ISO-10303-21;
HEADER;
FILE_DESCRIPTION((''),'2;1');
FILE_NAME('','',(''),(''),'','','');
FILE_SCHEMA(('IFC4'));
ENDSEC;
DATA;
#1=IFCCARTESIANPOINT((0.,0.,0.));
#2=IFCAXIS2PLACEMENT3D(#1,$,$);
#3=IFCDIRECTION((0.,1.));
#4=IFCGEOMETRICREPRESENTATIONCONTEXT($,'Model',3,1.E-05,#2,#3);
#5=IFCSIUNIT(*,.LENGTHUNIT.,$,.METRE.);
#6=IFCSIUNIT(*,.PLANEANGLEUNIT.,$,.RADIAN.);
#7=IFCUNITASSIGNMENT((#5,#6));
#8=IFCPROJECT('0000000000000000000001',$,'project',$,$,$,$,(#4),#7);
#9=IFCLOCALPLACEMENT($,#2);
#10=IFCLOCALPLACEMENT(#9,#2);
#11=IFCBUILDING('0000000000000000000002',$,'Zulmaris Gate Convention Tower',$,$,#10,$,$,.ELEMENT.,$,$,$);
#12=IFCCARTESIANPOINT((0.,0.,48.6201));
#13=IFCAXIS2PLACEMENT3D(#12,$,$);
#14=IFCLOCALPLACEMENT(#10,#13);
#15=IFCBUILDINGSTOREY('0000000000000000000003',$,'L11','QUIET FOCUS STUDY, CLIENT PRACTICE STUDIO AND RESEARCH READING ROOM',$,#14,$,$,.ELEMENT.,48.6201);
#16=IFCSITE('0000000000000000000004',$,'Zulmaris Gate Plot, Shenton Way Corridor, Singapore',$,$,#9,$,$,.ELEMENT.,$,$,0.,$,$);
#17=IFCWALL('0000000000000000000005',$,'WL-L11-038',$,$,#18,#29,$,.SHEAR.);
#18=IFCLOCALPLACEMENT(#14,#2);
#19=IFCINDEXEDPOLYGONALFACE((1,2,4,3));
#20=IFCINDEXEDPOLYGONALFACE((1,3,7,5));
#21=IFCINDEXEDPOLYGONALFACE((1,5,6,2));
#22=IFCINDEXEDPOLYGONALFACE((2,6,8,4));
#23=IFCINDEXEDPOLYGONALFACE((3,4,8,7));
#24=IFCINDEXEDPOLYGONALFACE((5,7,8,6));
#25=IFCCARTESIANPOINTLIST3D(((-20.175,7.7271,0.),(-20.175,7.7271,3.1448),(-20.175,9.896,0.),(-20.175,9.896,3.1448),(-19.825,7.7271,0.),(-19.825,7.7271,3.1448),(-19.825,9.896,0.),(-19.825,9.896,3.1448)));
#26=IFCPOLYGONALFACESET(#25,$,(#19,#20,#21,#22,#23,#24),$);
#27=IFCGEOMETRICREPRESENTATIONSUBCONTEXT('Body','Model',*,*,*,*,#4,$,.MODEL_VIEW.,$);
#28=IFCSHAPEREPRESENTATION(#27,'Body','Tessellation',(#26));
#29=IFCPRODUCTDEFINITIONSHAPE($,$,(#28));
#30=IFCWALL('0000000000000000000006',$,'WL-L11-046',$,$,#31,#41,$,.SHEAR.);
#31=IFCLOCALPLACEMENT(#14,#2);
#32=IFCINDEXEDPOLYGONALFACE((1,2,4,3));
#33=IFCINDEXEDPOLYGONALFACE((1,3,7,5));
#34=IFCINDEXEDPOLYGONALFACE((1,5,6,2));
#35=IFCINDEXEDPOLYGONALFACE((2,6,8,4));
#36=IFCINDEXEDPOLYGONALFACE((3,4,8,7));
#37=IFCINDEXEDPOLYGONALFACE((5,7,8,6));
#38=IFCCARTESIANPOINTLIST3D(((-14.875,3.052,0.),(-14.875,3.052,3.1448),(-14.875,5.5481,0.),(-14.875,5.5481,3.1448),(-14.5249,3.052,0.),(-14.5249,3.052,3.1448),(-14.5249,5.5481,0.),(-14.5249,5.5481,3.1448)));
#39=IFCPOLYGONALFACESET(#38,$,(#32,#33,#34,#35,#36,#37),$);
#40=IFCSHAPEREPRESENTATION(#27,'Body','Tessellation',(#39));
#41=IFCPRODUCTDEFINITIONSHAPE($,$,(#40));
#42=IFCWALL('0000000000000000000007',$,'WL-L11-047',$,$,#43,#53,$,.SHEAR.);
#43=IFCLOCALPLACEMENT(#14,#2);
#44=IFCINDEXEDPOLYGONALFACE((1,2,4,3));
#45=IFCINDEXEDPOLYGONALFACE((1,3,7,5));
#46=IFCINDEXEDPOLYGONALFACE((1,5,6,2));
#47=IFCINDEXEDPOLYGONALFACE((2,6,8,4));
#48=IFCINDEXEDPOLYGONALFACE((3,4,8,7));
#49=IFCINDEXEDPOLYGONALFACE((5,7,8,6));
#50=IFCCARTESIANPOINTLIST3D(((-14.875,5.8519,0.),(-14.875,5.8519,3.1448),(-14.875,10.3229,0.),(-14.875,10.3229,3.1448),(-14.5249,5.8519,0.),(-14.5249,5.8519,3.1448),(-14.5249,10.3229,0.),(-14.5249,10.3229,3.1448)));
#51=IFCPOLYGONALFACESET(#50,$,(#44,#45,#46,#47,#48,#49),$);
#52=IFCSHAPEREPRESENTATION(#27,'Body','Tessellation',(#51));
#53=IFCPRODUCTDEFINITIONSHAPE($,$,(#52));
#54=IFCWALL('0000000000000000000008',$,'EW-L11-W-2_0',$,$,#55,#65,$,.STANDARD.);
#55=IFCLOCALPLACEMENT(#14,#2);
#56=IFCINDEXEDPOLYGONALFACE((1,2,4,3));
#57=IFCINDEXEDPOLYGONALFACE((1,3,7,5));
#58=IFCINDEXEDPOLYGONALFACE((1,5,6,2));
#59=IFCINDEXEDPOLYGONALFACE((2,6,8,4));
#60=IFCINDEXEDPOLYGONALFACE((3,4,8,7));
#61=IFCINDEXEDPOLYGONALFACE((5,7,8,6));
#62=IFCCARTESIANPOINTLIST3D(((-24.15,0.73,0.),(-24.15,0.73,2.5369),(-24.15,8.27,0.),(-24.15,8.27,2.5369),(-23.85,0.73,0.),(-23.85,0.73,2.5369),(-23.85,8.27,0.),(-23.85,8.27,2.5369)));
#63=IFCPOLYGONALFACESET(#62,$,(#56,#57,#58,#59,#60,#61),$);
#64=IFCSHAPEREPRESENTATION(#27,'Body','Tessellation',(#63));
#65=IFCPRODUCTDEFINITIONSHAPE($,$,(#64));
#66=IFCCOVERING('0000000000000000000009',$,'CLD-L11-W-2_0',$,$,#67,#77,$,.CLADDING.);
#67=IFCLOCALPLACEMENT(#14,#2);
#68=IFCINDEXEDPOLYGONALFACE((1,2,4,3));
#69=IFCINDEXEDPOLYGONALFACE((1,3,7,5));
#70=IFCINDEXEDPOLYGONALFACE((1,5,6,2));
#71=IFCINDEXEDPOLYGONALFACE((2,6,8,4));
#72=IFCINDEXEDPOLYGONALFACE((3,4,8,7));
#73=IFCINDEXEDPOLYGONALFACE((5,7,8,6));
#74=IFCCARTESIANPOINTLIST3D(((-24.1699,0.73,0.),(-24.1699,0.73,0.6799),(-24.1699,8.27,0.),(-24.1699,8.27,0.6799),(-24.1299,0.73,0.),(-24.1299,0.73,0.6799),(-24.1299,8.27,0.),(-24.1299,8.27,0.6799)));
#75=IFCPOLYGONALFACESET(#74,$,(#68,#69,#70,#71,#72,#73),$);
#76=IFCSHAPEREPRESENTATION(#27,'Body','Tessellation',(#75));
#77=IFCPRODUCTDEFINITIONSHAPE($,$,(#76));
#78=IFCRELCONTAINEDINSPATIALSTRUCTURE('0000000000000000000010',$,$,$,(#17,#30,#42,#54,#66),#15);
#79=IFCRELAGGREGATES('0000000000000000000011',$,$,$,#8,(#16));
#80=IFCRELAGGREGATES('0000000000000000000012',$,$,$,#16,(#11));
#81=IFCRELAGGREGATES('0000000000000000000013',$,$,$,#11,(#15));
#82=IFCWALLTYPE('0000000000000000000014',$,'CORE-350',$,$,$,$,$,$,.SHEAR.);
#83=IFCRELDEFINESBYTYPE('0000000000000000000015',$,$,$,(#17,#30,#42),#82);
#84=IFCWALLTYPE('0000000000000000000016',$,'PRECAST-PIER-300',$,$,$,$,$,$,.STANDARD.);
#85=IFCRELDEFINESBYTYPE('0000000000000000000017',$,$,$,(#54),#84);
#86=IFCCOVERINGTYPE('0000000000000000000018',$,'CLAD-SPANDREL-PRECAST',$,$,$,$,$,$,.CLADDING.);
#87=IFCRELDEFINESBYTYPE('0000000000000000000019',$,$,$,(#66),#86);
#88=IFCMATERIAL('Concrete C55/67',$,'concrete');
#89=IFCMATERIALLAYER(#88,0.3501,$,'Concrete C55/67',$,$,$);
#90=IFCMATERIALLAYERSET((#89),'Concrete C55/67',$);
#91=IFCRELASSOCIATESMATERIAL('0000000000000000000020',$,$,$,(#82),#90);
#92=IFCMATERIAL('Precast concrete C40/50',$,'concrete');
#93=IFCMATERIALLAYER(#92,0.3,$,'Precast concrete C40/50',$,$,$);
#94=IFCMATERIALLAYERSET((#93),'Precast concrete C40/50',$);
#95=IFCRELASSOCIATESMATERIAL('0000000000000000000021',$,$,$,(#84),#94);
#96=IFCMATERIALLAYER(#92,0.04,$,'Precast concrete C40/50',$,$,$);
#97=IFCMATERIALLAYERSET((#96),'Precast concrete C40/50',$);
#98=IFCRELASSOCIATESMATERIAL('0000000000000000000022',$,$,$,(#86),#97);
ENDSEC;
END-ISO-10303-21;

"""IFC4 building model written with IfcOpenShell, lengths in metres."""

from ifc_helpers import new_model, si_unit, direction, frame, frame_2d, origin, place, context, subcontext, project, spatial, rectangle, extrude, material, layer, layer_set, type_object, element, save


model = new_model("IFC4")

# Units and contexts
model_context = context("Model", 3, precision=1e-05, world=origin(), true_north=direction((0.0, 1.0)))
body_context = subcontext(model_context, "Body", "Model", "MODEL_VIEW")
ifc_project = project(units=[si_unit("LENGTHUNIT", "METRE"), si_unit("PLANEANGLEUNIT", "RADIAN")], contexts=[model_context])

# Site, building, storey
site_placement = place(None, origin())
site = spatial("IfcSite", under=ifc_project, at=site_placement, Name="Zulmaris Gate Plot, Shenton Way Corridor, Singapore", CompositionType="ELEMENT", RefElevation=0.0)
building_placement = place(site_placement, origin())
building = spatial("IfcBuilding", under=site, at=building_placement, Name="Zulmaris Gate Convention Tower", CompositionType="ELEMENT")
storey_placement = place(building_placement, frame((0.0, 0.0, 48.6201)))
storey = spatial("IfcBuildingStorey", under=building, at=storey_placement, Name="L11", Description="QUIET FOCUS STUDY, CLIENT PRACTICE STUDIO AND RESEARCH READING ROOM", CompositionType="ELEMENT", Elevation=48.6201)

# Walls
ifc_material_1 = material(Name="Concrete C55/67", Category="concrete")
ifc_layer_1 = layer(ifc_material_1, 0.3501, Name="Concrete C55/67")
ifc_layer_set_1 = layer_set([ifc_layer_1], Name="Concrete C55/67")
wall_type_1 = type_object("IfcWallType", Name="CORE-350", PredefinedType="SHEAR", material=ifc_layer_set_1)
wall_1_placement = place(storey_placement, frame((-20.0, 7.7271, 0.0), z_axis=(0.0, 0.0, 1.0), x_axis=(0.0, 1.0, 0.0)))
element("IfcWall", 1, at=wall_1_placement, inside=storey, type_object=wall_type_1, Name="WL-L11-038", PredefinedType="SHEAR", context=body_context, shape_type="SweptSolid", body=[
    extrude(rectangle(XDim=2.1689, YDim=0.3501, at=frame_2d((1.0845, 0.0))), origin(), (0.0, 0.0, 1.0), 3.1448),
])
wall_2_placement = place(storey_placement, frame((-14.7, 3.052, 0.0), z_axis=(0.0, 0.0, 1.0), x_axis=(0.0, 1.0, 0.0)))
element("IfcWall", 2, at=wall_2_placement, inside=storey, type_object=wall_type_1, Name="WL-L11-046", PredefinedType="SHEAR", context=body_context, shape_type="SweptSolid", body=[
    extrude(rectangle(XDim=2.4961, YDim=0.3501, at=frame_2d((1.248, 0.0))), origin(), (0.0, 0.0, 1.0), 3.1448),
])
wall_3_placement = place(storey_placement, frame((-14.7, 5.8521, 0.0), z_axis=(0.0, 0.0, 1.0), x_axis=(0.0, 1.0, 0.0)))
element("IfcWall", 3, at=wall_3_placement, inside=storey, type_object=wall_type_1, Name="WL-L11-047", PredefinedType="SHEAR", context=body_context, shape_type="SweptSolid", body=[
    extrude(rectangle(XDim=4.4709, YDim=0.3501, at=frame_2d((2.2354, 0.0))), origin(), (0.0, 0.0, 1.0), 3.1448),
])
ifc_material_2 = material(Name="Precast concrete C40/50", Category="concrete")
ifc_layer_2 = layer(ifc_material_2, 0.3, Name="Precast concrete C40/50")
ifc_layer_set_2 = layer_set([ifc_layer_2], Name="Precast concrete C40/50")
wall_type_2 = type_object("IfcWallType", Name="PRECAST-PIER-300", PredefinedType="STANDARD", material=ifc_layer_set_2)
wall_4_placement = place(storey_placement, frame((-24.0, 8.27, 0.0), z_axis=(0.0, 0.0, 1.0), x_axis=(0.0, -1.0, 0.0)))
element("IfcWall", 4, at=wall_4_placement, inside=storey, type_object=wall_type_2, Name="EW-L11-W-2_0", PredefinedType="STANDARD", context=body_context, shape_type="SweptSolid", body=[
    extrude(rectangle(XDim=7.54, YDim=0.3, at=frame_2d((3.77, 0.0))), origin(), (0.0, 0.0, 1.0), 2.5369),
])

# Covering
ifc_layer_3 = layer(ifc_material_2, 0.04, Name="Precast concrete C40/50")
ifc_layer_set_3 = layer_set([ifc_layer_3], Name="Precast concrete C40/50")
covering_type = type_object("IfcCoveringType", Name="CLAD-SPANDREL-PRECAST", PredefinedType="CLADDING", material=ifc_layer_set_3)
covering_placement = place(storey_placement, frame((-24.1499, 8.27, 0.0), z_axis=(0.0, 0.0, 1.0), x_axis=(0.0, -1.0, 0.0)))
element("IfcCovering", 5, at=covering_placement, inside=storey, type_object=covering_type, Name="CLD-L11-W-2_0", PredefinedType="CLADDING", context=body_context, shape_type="SweptSolid", body=[
    extrude(rectangle(XDim=7.54, YDim=0.04, at=frame_2d((3.77, 0.0))), origin(), (0.0, 0.0, 1.0), 0.6799),
])

save(model, "model.ifc")
